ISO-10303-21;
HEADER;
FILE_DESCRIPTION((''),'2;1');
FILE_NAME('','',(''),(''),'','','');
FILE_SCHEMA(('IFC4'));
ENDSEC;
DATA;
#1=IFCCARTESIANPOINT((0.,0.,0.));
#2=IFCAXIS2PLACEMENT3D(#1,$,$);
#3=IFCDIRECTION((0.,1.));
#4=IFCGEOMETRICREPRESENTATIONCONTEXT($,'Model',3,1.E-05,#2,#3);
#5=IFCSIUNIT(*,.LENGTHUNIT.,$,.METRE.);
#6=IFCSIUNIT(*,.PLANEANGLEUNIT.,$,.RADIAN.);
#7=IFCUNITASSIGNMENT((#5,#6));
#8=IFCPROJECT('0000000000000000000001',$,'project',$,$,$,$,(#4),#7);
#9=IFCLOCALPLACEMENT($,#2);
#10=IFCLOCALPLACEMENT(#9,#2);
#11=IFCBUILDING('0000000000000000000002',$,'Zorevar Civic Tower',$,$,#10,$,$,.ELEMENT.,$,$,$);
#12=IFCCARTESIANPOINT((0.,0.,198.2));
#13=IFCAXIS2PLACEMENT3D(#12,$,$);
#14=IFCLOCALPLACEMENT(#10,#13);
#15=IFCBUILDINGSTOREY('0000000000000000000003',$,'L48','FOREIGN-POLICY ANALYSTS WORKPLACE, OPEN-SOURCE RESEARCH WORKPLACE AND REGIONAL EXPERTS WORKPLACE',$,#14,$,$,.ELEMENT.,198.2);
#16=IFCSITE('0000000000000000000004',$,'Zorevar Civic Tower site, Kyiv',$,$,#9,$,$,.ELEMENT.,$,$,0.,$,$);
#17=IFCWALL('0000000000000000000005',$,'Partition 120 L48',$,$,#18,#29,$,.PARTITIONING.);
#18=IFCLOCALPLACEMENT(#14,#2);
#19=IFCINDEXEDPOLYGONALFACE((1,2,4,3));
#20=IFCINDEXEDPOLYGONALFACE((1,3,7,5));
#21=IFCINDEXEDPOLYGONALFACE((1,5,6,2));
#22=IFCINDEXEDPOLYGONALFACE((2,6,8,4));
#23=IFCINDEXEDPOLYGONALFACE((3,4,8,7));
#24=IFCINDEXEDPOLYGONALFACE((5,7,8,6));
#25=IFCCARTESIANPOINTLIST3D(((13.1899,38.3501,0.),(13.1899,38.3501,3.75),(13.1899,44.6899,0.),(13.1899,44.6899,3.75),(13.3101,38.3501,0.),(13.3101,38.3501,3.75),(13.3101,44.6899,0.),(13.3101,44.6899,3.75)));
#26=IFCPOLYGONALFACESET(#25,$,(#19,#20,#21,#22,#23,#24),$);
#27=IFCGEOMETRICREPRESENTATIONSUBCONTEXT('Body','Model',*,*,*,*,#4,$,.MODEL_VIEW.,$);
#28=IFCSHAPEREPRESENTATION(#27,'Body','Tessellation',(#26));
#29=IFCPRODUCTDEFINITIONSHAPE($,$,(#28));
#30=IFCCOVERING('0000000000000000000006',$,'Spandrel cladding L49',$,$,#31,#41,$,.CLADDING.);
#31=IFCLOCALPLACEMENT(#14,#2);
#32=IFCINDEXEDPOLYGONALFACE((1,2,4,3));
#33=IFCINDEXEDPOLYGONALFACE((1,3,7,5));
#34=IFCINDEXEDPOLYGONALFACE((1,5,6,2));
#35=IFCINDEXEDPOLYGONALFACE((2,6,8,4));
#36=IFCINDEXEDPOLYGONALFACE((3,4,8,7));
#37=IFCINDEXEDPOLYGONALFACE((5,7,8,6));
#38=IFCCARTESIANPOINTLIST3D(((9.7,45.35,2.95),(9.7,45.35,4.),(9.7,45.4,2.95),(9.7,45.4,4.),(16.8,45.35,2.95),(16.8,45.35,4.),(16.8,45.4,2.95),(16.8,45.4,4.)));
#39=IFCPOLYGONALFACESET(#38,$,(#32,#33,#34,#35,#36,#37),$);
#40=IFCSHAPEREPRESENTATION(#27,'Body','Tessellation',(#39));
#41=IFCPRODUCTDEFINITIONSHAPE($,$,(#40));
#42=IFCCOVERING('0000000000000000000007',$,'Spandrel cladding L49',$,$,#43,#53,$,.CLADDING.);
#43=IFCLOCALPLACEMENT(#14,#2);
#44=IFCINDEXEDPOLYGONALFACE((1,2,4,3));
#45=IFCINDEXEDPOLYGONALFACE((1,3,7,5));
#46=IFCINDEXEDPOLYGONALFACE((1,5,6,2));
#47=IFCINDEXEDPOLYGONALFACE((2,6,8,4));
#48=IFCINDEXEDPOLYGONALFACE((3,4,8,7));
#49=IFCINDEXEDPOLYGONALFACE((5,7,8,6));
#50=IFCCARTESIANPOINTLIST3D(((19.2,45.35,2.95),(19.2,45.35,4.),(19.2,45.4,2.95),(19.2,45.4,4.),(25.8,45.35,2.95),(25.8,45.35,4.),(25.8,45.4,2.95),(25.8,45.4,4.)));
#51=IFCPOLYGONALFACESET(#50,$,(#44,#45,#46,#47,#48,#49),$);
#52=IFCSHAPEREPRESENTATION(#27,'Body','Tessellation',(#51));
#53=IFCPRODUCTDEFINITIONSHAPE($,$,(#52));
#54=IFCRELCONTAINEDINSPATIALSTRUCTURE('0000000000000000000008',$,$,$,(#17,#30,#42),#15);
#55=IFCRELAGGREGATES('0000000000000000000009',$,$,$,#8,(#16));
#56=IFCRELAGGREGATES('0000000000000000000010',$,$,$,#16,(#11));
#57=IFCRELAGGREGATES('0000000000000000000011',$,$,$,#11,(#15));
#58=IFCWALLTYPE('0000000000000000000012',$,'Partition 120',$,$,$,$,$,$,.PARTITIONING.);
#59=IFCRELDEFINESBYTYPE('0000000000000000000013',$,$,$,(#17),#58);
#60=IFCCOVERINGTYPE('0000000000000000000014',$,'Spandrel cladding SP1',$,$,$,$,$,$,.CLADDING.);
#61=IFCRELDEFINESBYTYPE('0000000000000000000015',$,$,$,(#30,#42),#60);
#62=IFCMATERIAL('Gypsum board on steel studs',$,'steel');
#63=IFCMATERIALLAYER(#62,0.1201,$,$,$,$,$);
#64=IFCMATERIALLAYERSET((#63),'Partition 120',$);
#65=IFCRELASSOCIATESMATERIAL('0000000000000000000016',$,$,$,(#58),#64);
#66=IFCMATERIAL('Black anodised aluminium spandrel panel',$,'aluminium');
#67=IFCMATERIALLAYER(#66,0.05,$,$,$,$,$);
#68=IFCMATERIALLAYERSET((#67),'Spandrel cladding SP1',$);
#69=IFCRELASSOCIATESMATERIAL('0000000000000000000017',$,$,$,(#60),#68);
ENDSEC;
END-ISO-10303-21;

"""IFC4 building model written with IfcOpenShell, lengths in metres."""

from ifc_helpers import new_model, si_unit, direction, frame, frame_2d, origin, place, context, subcontext, project, spatial, rectangle, extrude, material, layer, layer_set, type_object, element, save


model = new_model("IFC4")

# Units and contexts
model_context = context("Model", 3, precision=1e-05, world=origin(), true_north=direction((0.0, 1.0)))
body_context = subcontext(model_context, "Body", "Model", "MODEL_VIEW")
ifc_project = project(units=[si_unit("LENGTHUNIT", "METRE"), si_unit("PLANEANGLEUNIT", "RADIAN")], contexts=[model_context])

# Site, building, storey
site_placement = place(None, origin())
site = spatial("IfcSite", under=ifc_project, at=site_placement, Name="Zorevar Civic Tower site, Kyiv", CompositionType="ELEMENT", RefElevation=0.0)
building_placement = place(site_placement, origin())
building = spatial("IfcBuilding", under=site, at=building_placement, Name="Zorevar Civic Tower", CompositionType="ELEMENT")
storey_placement = place(building_placement, frame((0.0, 0.0, 198.2)))
storey = spatial("IfcBuildingStorey", under=building, at=storey_placement, Name="L48", Description="FOREIGN-POLICY ANALYSTS WORKPLACE, OPEN-SOURCE RESEARCH WORKPLACE AND REGIONAL EXPERTS WORKPLACE", CompositionType="ELEMENT", Elevation=198.2)

# Wall
ifc_material_1 = material(Name="Gypsum board on steel studs", Category="steel")
ifc_layer_1 = layer(ifc_material_1, 0.1201)
ifc_layer_set_1 = layer_set([ifc_layer_1], Name="Partition 120")
wall_type_1 = type_object("IfcWallType", Name="Partition 120", PredefinedType="PARTITIONING", material=ifc_layer_set_1)
wall_1_placement = place(storey_placement, frame((13.25, 38.3501, 0.0), z_axis=(0.0, 0.0, 1.0), x_axis=(0.0, 1.0, 0.0)))
element("IfcWall", 1, at=wall_1_placement, inside=storey, type_object=wall_type_1, Name="Partition 120 L48", PredefinedType="PARTITIONING", context=body_context, shape_type="SweptSolid", body=[
    extrude(rectangle(XDim=6.3398, YDim=0.1201, at=frame_2d((3.1699, 0.0))), origin(), (0.0, 0.0, 1.0), 3.75),
])

# Coverings
ifc_material_2 = material(Name="Black anodised aluminium spandrel panel", Category="aluminium")
ifc_layer_2 = layer(ifc_material_2, 0.05)
ifc_layer_set_2 = layer_set([ifc_layer_2], Name="Spandrel cladding SP1")
covering_type = type_object("IfcCoveringType", Name="Spandrel cladding SP1", PredefinedType="CLADDING", material=ifc_layer_set_2)
covering_1_placement = place(storey_placement, frame((9.7, 45.375, 2.95), z_axis=(0.0, 0.0, 1.0), x_axis=(1.0, 0.0, 0.0)))
element("IfcCovering", 2, at=covering_1_placement, inside=storey, type_object=covering_type, Name="Spandrel cladding L49", PredefinedType="CLADDING", context=body_context, shape_type="SweptSolid", body=[
    extrude(rectangle(XDim=7.1001, YDim=0.05, at=frame_2d((3.55, 0.0))), origin(), (0.0, 0.0, 1.0), 1.05),
])
covering_2_placement = place(storey_placement, frame((19.2, 45.375, 2.95), z_axis=(0.0, 0.0, 1.0), x_axis=(1.0, 0.0, 0.0)))
element("IfcCovering", 3, at=covering_2_placement, inside=storey, type_object=covering_type, Name="Spandrel cladding L49", PredefinedType="CLADDING", context=body_context, shape_type="SweptSolid", body=[
    extrude(rectangle(XDim=6.6001, YDim=0.05, at=frame_2d((3.3, 0.0))), origin(), (0.0, 0.0, 1.0), 1.05),
])

save(model, "model.ifc")
